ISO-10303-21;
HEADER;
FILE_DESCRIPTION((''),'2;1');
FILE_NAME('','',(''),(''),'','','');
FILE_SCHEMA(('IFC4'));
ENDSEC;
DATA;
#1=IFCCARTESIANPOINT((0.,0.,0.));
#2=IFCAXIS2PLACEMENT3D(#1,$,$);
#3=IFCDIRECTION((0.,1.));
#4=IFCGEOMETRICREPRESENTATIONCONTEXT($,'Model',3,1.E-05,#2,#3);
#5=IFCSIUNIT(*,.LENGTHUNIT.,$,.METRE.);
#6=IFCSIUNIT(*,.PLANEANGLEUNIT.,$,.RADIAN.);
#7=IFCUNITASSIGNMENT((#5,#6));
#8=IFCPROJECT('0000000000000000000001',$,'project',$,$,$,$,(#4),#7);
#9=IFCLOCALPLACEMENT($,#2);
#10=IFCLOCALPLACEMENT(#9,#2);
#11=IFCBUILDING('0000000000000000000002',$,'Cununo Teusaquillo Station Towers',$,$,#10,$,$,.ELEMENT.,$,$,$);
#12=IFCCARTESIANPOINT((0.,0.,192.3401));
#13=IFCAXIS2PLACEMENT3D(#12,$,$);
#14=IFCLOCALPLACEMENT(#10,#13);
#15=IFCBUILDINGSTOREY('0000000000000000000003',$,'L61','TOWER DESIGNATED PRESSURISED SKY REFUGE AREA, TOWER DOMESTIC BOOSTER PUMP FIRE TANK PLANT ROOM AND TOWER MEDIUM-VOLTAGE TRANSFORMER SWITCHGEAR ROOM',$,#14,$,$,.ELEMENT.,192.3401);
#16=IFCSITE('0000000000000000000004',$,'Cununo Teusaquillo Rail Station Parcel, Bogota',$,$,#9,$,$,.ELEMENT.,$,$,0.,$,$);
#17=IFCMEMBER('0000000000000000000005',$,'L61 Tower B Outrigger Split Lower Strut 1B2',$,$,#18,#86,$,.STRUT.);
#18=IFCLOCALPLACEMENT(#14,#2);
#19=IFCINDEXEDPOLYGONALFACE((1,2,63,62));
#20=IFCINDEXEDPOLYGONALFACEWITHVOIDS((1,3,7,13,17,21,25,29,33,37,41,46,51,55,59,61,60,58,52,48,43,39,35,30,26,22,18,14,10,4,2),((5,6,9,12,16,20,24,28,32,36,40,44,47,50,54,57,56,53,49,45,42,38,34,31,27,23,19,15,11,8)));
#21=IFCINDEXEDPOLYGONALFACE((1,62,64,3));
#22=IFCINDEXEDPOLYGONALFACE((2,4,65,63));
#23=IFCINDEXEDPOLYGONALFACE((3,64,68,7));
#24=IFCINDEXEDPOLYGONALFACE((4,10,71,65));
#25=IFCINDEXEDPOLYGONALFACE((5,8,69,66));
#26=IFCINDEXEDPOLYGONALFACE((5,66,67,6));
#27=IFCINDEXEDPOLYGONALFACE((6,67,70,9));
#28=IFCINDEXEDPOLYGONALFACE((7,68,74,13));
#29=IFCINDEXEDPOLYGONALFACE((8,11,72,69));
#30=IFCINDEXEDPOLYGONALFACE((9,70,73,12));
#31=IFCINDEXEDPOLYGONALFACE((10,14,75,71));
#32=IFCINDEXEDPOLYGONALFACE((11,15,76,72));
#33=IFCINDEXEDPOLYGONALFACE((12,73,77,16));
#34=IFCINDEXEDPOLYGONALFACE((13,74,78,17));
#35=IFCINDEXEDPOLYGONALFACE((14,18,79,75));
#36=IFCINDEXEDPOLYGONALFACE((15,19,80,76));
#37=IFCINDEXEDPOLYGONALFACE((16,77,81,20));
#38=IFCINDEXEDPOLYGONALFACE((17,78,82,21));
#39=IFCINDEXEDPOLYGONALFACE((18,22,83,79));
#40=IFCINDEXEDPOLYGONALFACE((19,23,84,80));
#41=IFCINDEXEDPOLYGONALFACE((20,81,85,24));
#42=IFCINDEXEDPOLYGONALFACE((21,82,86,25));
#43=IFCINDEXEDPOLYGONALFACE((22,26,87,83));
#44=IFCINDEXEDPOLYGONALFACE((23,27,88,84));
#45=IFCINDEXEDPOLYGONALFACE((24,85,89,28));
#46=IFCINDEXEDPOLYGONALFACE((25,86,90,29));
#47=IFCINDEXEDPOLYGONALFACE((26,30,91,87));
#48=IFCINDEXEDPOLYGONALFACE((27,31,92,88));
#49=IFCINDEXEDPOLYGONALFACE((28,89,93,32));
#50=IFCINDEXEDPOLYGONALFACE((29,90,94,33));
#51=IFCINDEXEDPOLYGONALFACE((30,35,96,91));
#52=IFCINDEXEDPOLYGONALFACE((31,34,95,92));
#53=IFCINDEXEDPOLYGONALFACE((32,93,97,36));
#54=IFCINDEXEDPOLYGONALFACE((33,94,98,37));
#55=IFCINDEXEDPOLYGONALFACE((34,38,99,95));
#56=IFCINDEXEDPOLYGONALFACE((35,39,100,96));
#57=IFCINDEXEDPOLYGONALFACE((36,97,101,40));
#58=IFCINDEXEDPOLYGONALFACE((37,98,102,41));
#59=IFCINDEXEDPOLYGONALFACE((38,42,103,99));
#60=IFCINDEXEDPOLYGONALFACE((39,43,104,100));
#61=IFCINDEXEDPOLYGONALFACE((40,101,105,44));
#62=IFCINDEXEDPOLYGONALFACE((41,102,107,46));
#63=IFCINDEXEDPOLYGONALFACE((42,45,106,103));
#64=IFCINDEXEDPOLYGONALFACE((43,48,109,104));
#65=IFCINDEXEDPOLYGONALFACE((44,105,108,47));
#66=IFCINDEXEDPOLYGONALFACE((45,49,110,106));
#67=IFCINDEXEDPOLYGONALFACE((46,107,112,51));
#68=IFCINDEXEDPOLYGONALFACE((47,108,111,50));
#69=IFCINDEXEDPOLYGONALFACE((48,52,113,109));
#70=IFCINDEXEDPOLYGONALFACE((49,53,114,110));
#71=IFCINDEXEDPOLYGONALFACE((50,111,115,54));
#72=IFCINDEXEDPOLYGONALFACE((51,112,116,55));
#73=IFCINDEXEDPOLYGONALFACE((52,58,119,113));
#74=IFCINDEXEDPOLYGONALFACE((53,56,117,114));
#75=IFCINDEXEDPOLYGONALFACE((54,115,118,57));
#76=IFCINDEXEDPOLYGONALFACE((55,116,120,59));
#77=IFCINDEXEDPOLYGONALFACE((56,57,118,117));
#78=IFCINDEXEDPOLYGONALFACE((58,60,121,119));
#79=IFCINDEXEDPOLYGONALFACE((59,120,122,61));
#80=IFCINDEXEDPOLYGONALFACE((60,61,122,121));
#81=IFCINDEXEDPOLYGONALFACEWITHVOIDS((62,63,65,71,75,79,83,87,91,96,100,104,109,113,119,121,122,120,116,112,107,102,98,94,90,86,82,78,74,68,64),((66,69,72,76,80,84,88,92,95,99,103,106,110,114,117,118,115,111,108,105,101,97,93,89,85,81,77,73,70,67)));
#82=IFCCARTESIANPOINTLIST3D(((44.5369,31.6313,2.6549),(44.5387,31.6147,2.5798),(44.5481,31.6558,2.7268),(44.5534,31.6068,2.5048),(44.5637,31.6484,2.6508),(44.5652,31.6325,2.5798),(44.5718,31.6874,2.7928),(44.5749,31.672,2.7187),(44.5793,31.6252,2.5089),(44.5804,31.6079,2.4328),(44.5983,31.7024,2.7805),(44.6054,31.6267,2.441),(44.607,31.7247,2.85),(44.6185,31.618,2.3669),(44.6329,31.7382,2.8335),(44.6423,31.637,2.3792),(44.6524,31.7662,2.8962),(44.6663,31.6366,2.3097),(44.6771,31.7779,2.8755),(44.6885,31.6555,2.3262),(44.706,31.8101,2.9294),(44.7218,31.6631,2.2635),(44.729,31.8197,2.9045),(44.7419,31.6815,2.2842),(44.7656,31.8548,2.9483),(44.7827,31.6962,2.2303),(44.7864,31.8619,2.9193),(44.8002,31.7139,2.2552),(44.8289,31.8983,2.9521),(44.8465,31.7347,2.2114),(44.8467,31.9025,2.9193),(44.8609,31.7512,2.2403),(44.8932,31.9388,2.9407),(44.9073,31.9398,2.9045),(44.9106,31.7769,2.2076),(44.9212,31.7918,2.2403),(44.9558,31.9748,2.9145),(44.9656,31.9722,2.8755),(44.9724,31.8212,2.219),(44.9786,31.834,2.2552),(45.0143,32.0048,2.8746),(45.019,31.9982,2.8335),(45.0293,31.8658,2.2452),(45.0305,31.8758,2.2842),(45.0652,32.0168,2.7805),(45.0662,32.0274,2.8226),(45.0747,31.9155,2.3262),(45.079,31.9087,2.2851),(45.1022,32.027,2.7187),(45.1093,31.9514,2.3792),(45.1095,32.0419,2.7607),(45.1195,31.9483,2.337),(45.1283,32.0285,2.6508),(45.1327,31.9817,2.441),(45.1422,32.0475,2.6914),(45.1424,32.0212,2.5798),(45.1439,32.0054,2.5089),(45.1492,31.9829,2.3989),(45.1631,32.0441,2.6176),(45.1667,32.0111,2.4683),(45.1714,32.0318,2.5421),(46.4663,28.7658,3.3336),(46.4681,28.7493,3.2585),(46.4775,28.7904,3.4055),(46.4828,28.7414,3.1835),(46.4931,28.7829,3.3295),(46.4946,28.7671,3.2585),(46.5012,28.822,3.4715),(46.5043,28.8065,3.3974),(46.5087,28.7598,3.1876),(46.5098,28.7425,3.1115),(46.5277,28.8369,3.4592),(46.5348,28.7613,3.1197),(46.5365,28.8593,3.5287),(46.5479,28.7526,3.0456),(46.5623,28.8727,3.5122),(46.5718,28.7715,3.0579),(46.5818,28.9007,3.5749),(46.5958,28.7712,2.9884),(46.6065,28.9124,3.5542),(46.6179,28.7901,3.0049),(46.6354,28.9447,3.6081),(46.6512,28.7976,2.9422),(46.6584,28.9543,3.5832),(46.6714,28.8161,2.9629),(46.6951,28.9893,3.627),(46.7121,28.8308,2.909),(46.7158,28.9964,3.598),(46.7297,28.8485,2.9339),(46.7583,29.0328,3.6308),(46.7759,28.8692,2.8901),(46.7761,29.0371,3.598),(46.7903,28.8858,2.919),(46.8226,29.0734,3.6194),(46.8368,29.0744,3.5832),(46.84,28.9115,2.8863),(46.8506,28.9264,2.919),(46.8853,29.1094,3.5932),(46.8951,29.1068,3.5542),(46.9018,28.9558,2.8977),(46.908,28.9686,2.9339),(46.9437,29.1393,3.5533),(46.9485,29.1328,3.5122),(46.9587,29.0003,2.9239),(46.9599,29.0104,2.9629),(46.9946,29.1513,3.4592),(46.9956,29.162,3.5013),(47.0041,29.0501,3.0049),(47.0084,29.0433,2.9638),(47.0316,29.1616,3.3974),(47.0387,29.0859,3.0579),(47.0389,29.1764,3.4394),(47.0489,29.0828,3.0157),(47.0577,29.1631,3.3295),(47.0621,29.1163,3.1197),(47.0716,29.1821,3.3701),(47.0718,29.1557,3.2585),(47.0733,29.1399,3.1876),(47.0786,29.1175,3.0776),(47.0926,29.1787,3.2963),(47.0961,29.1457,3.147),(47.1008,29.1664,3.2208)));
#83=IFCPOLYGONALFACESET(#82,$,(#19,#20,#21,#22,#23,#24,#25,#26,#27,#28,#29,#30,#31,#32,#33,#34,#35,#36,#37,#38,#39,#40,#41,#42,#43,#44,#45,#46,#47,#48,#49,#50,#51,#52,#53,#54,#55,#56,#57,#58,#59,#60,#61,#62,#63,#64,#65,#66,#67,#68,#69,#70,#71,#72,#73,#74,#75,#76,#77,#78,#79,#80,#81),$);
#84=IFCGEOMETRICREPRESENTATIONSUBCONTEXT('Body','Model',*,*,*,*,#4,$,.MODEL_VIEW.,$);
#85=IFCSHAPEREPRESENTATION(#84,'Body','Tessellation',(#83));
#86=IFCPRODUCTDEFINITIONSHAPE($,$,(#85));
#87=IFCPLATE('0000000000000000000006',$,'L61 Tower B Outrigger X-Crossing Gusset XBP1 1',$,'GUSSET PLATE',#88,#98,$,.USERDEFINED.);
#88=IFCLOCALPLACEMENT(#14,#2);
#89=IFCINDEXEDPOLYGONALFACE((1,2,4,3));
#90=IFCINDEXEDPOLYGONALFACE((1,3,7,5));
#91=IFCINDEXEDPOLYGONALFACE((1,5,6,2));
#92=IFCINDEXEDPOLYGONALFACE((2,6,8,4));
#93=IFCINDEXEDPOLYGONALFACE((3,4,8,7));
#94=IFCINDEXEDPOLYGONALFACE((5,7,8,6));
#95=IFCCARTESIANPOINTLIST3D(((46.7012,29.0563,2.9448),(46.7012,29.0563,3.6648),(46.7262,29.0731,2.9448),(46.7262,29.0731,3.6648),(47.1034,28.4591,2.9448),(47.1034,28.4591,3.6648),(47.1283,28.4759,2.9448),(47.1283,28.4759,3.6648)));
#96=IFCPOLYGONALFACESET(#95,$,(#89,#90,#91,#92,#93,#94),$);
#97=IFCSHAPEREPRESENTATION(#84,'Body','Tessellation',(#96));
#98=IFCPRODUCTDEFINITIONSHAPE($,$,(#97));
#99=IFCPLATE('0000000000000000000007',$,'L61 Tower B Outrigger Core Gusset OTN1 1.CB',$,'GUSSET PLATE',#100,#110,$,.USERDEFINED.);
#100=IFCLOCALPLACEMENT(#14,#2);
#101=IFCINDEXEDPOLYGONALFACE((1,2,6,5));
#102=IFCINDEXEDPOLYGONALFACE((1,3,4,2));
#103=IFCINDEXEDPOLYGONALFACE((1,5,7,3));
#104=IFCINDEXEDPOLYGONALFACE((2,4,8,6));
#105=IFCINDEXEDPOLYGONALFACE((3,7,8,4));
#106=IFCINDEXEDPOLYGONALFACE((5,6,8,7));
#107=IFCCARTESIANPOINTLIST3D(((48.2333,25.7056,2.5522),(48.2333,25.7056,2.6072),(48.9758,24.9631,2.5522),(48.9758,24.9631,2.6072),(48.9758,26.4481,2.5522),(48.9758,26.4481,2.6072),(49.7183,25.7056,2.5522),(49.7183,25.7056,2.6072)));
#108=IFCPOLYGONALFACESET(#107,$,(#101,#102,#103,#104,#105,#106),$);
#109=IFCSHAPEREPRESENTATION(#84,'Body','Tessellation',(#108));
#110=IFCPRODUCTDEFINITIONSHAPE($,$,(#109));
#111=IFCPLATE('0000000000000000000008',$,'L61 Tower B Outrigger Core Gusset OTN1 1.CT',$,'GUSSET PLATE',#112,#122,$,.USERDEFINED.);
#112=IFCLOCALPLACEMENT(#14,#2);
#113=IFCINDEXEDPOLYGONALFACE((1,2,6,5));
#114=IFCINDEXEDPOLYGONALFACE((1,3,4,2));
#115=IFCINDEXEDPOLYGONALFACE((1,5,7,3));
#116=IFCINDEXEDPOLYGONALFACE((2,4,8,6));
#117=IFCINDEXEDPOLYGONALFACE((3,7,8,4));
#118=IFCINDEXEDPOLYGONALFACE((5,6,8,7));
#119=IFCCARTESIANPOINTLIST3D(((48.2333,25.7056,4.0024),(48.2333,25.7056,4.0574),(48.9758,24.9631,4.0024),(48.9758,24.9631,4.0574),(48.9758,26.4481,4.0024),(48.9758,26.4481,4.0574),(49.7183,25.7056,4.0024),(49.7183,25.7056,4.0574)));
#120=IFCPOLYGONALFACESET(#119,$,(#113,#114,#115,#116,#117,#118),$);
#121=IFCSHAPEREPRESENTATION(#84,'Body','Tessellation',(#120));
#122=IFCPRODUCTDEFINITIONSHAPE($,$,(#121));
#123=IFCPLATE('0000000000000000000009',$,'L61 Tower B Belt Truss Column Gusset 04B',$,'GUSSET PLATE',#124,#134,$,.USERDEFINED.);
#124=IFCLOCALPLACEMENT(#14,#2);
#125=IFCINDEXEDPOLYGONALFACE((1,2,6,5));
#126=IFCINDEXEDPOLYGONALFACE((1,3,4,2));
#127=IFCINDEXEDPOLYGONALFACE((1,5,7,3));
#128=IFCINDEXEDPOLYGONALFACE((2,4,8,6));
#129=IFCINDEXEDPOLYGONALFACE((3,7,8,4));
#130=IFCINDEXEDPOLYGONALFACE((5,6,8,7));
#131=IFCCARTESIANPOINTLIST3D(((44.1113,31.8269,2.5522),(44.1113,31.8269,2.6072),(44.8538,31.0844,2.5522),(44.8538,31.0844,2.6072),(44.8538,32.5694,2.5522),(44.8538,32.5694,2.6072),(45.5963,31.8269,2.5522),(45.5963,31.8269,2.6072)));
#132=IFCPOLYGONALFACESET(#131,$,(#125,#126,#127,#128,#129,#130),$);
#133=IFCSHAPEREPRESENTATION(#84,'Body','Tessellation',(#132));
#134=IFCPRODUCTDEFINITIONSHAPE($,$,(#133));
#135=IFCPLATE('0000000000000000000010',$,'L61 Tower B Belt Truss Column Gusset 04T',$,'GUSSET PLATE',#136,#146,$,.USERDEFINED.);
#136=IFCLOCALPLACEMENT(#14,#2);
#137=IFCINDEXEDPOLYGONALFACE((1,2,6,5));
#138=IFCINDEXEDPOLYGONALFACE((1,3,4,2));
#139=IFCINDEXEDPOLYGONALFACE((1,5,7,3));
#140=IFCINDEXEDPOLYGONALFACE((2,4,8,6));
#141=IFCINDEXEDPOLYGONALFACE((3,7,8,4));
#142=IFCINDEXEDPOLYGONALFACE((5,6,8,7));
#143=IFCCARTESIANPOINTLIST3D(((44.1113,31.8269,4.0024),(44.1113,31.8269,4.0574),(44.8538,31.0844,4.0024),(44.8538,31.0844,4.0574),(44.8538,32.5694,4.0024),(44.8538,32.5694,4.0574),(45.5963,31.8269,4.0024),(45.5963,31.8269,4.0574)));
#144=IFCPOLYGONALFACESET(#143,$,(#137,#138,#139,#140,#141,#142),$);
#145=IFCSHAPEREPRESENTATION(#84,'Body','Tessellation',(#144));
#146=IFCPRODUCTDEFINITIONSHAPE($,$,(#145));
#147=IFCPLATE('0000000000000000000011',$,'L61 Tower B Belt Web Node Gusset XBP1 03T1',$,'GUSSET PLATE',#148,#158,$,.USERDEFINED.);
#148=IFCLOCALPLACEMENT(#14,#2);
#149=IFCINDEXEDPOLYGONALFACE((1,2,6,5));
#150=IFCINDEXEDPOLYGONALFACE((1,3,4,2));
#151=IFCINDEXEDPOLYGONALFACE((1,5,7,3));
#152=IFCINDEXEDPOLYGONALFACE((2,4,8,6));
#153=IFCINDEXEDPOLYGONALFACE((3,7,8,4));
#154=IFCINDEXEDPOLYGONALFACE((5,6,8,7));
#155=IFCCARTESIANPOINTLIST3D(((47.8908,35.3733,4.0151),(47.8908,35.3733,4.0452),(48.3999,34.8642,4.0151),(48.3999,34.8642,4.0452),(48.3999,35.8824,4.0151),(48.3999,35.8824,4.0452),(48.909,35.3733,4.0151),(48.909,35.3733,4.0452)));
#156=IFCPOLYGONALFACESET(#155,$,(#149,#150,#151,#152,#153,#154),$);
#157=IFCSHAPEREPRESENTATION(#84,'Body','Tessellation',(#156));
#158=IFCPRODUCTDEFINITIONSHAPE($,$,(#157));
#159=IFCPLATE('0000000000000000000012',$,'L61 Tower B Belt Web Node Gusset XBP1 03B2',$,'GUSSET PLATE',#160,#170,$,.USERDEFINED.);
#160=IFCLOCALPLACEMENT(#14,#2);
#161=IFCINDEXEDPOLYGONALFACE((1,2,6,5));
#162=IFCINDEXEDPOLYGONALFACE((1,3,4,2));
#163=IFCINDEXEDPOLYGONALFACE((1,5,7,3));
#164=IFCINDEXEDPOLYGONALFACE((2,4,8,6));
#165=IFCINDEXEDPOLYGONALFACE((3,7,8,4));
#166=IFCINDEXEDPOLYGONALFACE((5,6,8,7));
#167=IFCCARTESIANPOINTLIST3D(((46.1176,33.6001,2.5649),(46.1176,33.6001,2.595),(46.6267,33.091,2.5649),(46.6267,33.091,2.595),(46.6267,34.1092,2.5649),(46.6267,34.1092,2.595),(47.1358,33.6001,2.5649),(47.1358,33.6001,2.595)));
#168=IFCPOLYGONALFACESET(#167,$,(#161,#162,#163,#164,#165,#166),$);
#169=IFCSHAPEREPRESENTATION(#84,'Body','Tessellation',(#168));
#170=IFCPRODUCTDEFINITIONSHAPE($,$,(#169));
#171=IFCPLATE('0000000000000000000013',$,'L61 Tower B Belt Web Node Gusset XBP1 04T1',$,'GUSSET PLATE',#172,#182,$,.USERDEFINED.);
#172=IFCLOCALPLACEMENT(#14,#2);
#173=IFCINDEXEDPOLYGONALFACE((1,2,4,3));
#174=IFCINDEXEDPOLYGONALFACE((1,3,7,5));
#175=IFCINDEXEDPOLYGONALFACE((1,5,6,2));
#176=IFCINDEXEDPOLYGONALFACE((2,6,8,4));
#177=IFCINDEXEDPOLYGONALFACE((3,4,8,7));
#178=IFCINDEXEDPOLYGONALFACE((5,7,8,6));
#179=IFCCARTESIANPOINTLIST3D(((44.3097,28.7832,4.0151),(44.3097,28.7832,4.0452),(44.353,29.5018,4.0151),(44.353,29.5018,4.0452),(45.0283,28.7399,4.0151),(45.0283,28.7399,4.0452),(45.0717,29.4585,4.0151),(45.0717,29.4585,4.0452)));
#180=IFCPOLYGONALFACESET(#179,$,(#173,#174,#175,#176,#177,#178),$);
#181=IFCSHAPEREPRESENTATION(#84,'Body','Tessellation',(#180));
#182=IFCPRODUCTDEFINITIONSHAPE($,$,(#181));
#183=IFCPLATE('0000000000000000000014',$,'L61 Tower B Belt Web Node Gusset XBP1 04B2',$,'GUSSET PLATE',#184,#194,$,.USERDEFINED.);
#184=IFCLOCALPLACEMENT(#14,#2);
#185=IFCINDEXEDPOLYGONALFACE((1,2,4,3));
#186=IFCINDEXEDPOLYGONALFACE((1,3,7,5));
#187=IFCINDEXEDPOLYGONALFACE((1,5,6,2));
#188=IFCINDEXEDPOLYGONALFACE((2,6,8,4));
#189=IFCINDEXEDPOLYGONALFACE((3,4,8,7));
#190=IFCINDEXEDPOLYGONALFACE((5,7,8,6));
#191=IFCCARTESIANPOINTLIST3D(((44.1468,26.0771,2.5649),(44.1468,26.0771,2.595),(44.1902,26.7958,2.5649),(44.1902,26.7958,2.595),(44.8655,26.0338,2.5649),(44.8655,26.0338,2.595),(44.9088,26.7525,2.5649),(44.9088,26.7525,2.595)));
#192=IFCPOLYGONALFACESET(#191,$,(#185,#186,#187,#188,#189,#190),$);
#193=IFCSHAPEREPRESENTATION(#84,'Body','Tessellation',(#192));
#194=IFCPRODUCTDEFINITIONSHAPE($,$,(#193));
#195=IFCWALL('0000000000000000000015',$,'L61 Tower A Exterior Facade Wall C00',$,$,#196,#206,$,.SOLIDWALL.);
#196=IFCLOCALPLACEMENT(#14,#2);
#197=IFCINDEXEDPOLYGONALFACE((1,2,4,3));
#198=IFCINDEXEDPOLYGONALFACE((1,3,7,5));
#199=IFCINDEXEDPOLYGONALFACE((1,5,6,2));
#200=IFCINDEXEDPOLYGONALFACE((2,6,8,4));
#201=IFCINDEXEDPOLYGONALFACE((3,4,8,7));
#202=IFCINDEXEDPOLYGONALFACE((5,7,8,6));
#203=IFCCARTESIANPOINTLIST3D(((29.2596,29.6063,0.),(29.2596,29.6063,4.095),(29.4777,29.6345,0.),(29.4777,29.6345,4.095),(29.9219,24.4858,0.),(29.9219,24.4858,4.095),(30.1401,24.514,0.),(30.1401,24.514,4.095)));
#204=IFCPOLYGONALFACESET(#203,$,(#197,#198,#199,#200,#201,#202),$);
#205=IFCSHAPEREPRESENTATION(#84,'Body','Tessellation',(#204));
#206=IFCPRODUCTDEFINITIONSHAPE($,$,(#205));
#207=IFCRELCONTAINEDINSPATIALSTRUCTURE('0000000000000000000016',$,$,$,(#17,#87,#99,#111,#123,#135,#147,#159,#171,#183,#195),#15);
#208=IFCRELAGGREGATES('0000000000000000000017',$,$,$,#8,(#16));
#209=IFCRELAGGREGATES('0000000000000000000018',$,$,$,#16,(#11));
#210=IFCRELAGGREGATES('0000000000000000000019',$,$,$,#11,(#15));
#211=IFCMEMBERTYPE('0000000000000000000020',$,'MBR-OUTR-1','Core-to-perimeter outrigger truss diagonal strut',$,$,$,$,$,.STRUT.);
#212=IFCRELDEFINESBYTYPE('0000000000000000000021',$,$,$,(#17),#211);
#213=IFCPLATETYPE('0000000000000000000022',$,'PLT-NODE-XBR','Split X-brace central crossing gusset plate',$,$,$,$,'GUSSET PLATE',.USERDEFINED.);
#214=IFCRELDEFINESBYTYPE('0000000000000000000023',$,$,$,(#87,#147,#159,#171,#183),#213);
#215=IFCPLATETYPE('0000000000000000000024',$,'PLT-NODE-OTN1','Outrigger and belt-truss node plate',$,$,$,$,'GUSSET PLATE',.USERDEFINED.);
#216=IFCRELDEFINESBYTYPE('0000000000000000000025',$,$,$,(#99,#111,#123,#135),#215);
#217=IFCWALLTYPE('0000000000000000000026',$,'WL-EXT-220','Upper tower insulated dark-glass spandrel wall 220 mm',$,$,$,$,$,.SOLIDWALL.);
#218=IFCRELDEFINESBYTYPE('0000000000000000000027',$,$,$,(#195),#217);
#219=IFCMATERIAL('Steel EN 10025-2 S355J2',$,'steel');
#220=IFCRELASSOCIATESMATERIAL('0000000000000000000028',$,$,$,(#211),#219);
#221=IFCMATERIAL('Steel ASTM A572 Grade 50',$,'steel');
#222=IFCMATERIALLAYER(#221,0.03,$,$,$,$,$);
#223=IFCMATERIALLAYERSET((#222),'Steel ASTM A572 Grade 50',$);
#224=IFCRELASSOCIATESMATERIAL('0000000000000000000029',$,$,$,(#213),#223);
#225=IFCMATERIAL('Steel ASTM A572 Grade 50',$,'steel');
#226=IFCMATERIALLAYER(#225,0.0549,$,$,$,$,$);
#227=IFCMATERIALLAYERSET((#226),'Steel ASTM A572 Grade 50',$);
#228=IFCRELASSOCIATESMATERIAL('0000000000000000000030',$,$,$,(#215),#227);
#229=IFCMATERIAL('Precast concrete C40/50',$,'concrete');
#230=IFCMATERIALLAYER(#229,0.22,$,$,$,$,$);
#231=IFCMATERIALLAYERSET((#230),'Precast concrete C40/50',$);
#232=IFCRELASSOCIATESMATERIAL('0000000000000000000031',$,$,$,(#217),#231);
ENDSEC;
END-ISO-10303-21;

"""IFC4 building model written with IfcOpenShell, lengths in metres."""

from ifc_helpers import new_model, si_unit, direction, frame, frame_2d, origin, origin_2d, place, context, subcontext, project, spatial, rectangle, hollow_circle, extrude, source, transform, mapped, material, layer, layer_set, material_profile, profile_set, type_object, element, save


model = new_model("IFC4")

# Units and contexts
model_context = context("Model", 3, precision=1e-05, world=origin(), true_north=direction((0.0, 1.0)))
body_context = subcontext(model_context, "Body", "Model", "MODEL_VIEW")
ifc_project = project(units=[si_unit("LENGTHUNIT", "METRE"), si_unit("PLANEANGLEUNIT", "RADIAN")], contexts=[model_context])

# Site, building, storey
site_placement = place(None, origin())
site = spatial("IfcSite", under=ifc_project, at=site_placement, Name="Cununo Teusaquillo Rail Station Parcel, Bogota", CompositionType="ELEMENT", RefElevation=0.0)
building_placement = place(site_placement, origin())
building = spatial("IfcBuilding", under=site, at=building_placement, Name="Cununo Teusaquillo Station Towers", CompositionType="ELEMENT")
storey_placement = place(building_placement, frame((0.0, 0.0, 192.3401)))
storey = spatial("IfcBuildingStorey", under=building, at=storey_placement, Name="L61", Description="TOWER DESIGNATED PRESSURISED SKY REFUGE AREA, TOWER DOMESTIC BOOSTER PUMP FIRE TANK PLANT ROOM AND TOWER MEDIUM-VOLTAGE TRANSFORMER SWITCHGEAR ROOM", CompositionType="ELEMENT", Elevation=192.3401)

# Member
ifc_material_1 = material(Name="Steel EN 10025-2 S355J2", Category="steel")
ifc_material_profile_1 = material_profile(ifc_material_1, hollow_circle(Radius=0.3799, WallThickness=0.032, at=origin_2d()), Name="CHS 760x32")
ifc_profile_set_1 = profile_set([ifc_material_profile_1], Name="Steel EN 10025-2 S355J2")
member_type_1 = type_object("IfcMemberType", Name="MBR-OUTR-1", Description="Core-to-perimeter outrigger truss diagonal strut", PredefinedType="STRUT", material=ifc_profile_set_1)
for number, where, z_axis, x_axis, name in (
    (1, (46.7832, 28.9614, 3.2585), (-0.54805, 0.813926, -0.192785), (-0.829486, -0.558527, 0.0), "L61 Tower B Outrigger Split Lower Strut 1B2"),
):
    element("IfcMember", number, at=place(storey_placement, frame(where, z_axis=z_axis, x_axis=x_axis)), inside=storey, type_object=member_type_1, Name=name, PredefinedType="STRUT", context=body_context, shape_type="SweptSolid", body=[
        extrude(hollow_circle(Radius=0.3799, WallThickness=0.032, at=origin_2d()), origin(), (0.0, 0.0, 1.0), 3.5205),
    ])

# Plates
ifc_material_2 = material(Name="Steel ASTM A572 Grade 50", Category="steel")
ifc_layer_1 = layer(ifc_material_2, 0.03)
ifc_layer_set_1 = layer_set([ifc_layer_1], Name="Steel ASTM A572 Grade 50")
plate_type_1 = type_object("IfcPlateType", Name="PLT-NODE-XBR", Description="Split X-brace central crossing gusset plate", ElementType="GUSSET PLATE", PredefinedType="USERDEFINED", material=ifc_layer_set_1)
shared_shape_1 = source(origin(), body_context, "Body", "SweptSolid", [
    extrude(rectangle(XDim=0.72, YDim=0.03, at=origin_2d()), origin(), (0.0, 0.0, 1.0), 0.72),
])
plate_placement = place(storey_placement, frame((46.9148, 28.7661, 2.9448), z_axis=(0.0, 0.0, 1.0), x_axis=(-0.558614, 0.829428, 0.0)))
element("IfcPlate", 2, at=plate_placement, inside=storey, type_object=plate_type_1, Name="L61 Tower B Outrigger X-Crossing Gusset XBP1 1", ObjectType="GUSSET PLATE", PredefinedType="USERDEFINED", context=body_context, shape_type="MappedRepresentation", body=[
    mapped(shared_shape_1, transform((0.0, 0.0, 0.0), x_axis=(1.0, 0.0, 0.0), y_axis=(0.0, 1.0, 0.0), z_axis=(0.0, 0.0, 1.0), scale=1.0)),
])
ifc_material_3 = material(Name="Steel ASTM A572 Grade 50", Category="steel")
ifc_layer_2 = layer(ifc_material_3, 0.0549)
ifc_layer_set_2 = layer_set([ifc_layer_2], Name="Steel ASTM A572 Grade 50")
plate_type_2 = type_object("IfcPlateType", Name="PLT-NODE-OTN1", Description="Outrigger and belt-truss node plate", ElementType="GUSSET PLATE", PredefinedType="USERDEFINED", material=ifc_layer_set_2)
shared_shape_2 = source(origin(), body_context, "Body", "SweptSolid", [
    extrude(rectangle(XDim=1.05, YDim=1.05, at=origin_2d()), origin(), (0.0, 0.0, 1.0), 0.0549),
])
for number, where, z_axis, x_axis, name in (
    (3, (48.9758, 25.7056, 2.5522), (0.0, 0.0, 1.0), (0.707107, 0.707107, 0.0), "L61 Tower B Outrigger Core Gusset OTN1 1.CB"),
    (4, (48.9758, 25.7056, 4.0024), (0.0, 0.0, 1.0), (0.707107, 0.707107, 0.0), "L61 Tower B Outrigger Core Gusset OTN1 1.CT"),
    (5, (44.8538, 31.8269, 2.5522), (0.0, 0.0, 1.0), (0.707107, 0.707107, 0.0), "L61 Tower B Belt Truss Column Gusset 04B"),
    (6, (44.8538, 31.8269, 4.0024), (0.0, 0.0, 1.0), (0.707107, 0.707107, 0.0), "L61 Tower B Belt Truss Column Gusset 04T"),
):
    element("IfcPlate", number, at=place(storey_placement, frame(where, z_axis=z_axis, x_axis=x_axis)), inside=storey, type_object=plate_type_2, Name=name, ObjectType="GUSSET PLATE", PredefinedType="USERDEFINED", context=body_context, shape_type="MappedRepresentation", body=[
        mapped(shared_shape_2, transform((0.0, 0.0, 0.0), x_axis=(1.0, 0.0, 0.0), y_axis=(0.0, 1.0, 0.0), z_axis=(0.0, 0.0, 1.0), scale=1.0)),
    ])
shared_shape_3 = source(origin(), body_context, "Body", "SweptSolid", [
    extrude(rectangle(XDim=0.72, YDim=0.72, at=origin_2d()), origin(), (0.0, 0.0, 1.0), 0.03),
])
for number, where, z_axis, x_axis, name in (
    (7, (48.3999, 35.3733, 4.0151), (0.0, 0.0, 1.0), (-0.707107, -0.707107, 0.0), "L61 Tower B Belt Web Node Gusset XBP1 03T1"),
    (8, (46.6267, 33.6001, 2.5649), (0.0, 0.0, 1.0), (-0.707107, -0.707107, 0.0), "L61 Tower B Belt Web Node Gusset XBP1 03B2"),
    (9, (44.6907, 29.1208, 4.0151), (0.0, 0.0, 1.0), (-0.060177, -0.998188, 0.0), "L61 Tower B Belt Web Node Gusset XBP1 04T1"),
    (10, (44.5278, 26.4148, 2.5649), (0.0, 0.0, 1.0), (-0.060177, -0.998188, 0.0), "L61 Tower B Belt Web Node Gusset XBP1 04B2"),
):
    element("IfcPlate", number, at=place(storey_placement, frame(where, z_axis=z_axis, x_axis=x_axis)), inside=storey, type_object=plate_type_1, Name=name, ObjectType="GUSSET PLATE", PredefinedType="USERDEFINED", context=body_context, shape_type="MappedRepresentation", body=[
        mapped(shared_shape_3, transform((0.0, 0.0, 0.0), x_axis=(1.0, 0.0, 0.0), y_axis=(0.0, 1.0, 0.0), z_axis=(0.0, 0.0, 1.0), scale=1.0)),
    ])

# Wall
ifc_material_4 = material(Name="Precast concrete C40/50", Category="concrete")
ifc_layer_3 = layer(ifc_material_4, 0.22)
ifc_layer_set_3 = layer_set([ifc_layer_3], Name="Precast concrete C40/50")
wall_type = type_object("IfcWallType", Name="WL-EXT-220", Description="Upper tower insulated dark-glass spandrel wall 220 mm", PredefinedType="SOLIDWALL", material=ifc_layer_set_3)
wall_1_placement = place(storey_placement, frame((29.3687, 29.6204, 0.0), z_axis=(0.0, 0.0, 1.0), x_axis=(0.128288, -0.991737, 0.0)))
element("IfcWall", 11, at=wall_1_placement, inside=storey, type_object=wall_type, Name="L61 Tower A Exterior Facade Wall C00", PredefinedType="SOLIDWALL", context=body_context, shape_type="SweptSolid", body=[
    extrude(rectangle(XDim=5.1631, YDim=0.22, at=frame_2d((2.5815, 0.0))), origin(), (0.0, 0.0, 1.0), 4.095),
])

save(model, "model.ifc")
